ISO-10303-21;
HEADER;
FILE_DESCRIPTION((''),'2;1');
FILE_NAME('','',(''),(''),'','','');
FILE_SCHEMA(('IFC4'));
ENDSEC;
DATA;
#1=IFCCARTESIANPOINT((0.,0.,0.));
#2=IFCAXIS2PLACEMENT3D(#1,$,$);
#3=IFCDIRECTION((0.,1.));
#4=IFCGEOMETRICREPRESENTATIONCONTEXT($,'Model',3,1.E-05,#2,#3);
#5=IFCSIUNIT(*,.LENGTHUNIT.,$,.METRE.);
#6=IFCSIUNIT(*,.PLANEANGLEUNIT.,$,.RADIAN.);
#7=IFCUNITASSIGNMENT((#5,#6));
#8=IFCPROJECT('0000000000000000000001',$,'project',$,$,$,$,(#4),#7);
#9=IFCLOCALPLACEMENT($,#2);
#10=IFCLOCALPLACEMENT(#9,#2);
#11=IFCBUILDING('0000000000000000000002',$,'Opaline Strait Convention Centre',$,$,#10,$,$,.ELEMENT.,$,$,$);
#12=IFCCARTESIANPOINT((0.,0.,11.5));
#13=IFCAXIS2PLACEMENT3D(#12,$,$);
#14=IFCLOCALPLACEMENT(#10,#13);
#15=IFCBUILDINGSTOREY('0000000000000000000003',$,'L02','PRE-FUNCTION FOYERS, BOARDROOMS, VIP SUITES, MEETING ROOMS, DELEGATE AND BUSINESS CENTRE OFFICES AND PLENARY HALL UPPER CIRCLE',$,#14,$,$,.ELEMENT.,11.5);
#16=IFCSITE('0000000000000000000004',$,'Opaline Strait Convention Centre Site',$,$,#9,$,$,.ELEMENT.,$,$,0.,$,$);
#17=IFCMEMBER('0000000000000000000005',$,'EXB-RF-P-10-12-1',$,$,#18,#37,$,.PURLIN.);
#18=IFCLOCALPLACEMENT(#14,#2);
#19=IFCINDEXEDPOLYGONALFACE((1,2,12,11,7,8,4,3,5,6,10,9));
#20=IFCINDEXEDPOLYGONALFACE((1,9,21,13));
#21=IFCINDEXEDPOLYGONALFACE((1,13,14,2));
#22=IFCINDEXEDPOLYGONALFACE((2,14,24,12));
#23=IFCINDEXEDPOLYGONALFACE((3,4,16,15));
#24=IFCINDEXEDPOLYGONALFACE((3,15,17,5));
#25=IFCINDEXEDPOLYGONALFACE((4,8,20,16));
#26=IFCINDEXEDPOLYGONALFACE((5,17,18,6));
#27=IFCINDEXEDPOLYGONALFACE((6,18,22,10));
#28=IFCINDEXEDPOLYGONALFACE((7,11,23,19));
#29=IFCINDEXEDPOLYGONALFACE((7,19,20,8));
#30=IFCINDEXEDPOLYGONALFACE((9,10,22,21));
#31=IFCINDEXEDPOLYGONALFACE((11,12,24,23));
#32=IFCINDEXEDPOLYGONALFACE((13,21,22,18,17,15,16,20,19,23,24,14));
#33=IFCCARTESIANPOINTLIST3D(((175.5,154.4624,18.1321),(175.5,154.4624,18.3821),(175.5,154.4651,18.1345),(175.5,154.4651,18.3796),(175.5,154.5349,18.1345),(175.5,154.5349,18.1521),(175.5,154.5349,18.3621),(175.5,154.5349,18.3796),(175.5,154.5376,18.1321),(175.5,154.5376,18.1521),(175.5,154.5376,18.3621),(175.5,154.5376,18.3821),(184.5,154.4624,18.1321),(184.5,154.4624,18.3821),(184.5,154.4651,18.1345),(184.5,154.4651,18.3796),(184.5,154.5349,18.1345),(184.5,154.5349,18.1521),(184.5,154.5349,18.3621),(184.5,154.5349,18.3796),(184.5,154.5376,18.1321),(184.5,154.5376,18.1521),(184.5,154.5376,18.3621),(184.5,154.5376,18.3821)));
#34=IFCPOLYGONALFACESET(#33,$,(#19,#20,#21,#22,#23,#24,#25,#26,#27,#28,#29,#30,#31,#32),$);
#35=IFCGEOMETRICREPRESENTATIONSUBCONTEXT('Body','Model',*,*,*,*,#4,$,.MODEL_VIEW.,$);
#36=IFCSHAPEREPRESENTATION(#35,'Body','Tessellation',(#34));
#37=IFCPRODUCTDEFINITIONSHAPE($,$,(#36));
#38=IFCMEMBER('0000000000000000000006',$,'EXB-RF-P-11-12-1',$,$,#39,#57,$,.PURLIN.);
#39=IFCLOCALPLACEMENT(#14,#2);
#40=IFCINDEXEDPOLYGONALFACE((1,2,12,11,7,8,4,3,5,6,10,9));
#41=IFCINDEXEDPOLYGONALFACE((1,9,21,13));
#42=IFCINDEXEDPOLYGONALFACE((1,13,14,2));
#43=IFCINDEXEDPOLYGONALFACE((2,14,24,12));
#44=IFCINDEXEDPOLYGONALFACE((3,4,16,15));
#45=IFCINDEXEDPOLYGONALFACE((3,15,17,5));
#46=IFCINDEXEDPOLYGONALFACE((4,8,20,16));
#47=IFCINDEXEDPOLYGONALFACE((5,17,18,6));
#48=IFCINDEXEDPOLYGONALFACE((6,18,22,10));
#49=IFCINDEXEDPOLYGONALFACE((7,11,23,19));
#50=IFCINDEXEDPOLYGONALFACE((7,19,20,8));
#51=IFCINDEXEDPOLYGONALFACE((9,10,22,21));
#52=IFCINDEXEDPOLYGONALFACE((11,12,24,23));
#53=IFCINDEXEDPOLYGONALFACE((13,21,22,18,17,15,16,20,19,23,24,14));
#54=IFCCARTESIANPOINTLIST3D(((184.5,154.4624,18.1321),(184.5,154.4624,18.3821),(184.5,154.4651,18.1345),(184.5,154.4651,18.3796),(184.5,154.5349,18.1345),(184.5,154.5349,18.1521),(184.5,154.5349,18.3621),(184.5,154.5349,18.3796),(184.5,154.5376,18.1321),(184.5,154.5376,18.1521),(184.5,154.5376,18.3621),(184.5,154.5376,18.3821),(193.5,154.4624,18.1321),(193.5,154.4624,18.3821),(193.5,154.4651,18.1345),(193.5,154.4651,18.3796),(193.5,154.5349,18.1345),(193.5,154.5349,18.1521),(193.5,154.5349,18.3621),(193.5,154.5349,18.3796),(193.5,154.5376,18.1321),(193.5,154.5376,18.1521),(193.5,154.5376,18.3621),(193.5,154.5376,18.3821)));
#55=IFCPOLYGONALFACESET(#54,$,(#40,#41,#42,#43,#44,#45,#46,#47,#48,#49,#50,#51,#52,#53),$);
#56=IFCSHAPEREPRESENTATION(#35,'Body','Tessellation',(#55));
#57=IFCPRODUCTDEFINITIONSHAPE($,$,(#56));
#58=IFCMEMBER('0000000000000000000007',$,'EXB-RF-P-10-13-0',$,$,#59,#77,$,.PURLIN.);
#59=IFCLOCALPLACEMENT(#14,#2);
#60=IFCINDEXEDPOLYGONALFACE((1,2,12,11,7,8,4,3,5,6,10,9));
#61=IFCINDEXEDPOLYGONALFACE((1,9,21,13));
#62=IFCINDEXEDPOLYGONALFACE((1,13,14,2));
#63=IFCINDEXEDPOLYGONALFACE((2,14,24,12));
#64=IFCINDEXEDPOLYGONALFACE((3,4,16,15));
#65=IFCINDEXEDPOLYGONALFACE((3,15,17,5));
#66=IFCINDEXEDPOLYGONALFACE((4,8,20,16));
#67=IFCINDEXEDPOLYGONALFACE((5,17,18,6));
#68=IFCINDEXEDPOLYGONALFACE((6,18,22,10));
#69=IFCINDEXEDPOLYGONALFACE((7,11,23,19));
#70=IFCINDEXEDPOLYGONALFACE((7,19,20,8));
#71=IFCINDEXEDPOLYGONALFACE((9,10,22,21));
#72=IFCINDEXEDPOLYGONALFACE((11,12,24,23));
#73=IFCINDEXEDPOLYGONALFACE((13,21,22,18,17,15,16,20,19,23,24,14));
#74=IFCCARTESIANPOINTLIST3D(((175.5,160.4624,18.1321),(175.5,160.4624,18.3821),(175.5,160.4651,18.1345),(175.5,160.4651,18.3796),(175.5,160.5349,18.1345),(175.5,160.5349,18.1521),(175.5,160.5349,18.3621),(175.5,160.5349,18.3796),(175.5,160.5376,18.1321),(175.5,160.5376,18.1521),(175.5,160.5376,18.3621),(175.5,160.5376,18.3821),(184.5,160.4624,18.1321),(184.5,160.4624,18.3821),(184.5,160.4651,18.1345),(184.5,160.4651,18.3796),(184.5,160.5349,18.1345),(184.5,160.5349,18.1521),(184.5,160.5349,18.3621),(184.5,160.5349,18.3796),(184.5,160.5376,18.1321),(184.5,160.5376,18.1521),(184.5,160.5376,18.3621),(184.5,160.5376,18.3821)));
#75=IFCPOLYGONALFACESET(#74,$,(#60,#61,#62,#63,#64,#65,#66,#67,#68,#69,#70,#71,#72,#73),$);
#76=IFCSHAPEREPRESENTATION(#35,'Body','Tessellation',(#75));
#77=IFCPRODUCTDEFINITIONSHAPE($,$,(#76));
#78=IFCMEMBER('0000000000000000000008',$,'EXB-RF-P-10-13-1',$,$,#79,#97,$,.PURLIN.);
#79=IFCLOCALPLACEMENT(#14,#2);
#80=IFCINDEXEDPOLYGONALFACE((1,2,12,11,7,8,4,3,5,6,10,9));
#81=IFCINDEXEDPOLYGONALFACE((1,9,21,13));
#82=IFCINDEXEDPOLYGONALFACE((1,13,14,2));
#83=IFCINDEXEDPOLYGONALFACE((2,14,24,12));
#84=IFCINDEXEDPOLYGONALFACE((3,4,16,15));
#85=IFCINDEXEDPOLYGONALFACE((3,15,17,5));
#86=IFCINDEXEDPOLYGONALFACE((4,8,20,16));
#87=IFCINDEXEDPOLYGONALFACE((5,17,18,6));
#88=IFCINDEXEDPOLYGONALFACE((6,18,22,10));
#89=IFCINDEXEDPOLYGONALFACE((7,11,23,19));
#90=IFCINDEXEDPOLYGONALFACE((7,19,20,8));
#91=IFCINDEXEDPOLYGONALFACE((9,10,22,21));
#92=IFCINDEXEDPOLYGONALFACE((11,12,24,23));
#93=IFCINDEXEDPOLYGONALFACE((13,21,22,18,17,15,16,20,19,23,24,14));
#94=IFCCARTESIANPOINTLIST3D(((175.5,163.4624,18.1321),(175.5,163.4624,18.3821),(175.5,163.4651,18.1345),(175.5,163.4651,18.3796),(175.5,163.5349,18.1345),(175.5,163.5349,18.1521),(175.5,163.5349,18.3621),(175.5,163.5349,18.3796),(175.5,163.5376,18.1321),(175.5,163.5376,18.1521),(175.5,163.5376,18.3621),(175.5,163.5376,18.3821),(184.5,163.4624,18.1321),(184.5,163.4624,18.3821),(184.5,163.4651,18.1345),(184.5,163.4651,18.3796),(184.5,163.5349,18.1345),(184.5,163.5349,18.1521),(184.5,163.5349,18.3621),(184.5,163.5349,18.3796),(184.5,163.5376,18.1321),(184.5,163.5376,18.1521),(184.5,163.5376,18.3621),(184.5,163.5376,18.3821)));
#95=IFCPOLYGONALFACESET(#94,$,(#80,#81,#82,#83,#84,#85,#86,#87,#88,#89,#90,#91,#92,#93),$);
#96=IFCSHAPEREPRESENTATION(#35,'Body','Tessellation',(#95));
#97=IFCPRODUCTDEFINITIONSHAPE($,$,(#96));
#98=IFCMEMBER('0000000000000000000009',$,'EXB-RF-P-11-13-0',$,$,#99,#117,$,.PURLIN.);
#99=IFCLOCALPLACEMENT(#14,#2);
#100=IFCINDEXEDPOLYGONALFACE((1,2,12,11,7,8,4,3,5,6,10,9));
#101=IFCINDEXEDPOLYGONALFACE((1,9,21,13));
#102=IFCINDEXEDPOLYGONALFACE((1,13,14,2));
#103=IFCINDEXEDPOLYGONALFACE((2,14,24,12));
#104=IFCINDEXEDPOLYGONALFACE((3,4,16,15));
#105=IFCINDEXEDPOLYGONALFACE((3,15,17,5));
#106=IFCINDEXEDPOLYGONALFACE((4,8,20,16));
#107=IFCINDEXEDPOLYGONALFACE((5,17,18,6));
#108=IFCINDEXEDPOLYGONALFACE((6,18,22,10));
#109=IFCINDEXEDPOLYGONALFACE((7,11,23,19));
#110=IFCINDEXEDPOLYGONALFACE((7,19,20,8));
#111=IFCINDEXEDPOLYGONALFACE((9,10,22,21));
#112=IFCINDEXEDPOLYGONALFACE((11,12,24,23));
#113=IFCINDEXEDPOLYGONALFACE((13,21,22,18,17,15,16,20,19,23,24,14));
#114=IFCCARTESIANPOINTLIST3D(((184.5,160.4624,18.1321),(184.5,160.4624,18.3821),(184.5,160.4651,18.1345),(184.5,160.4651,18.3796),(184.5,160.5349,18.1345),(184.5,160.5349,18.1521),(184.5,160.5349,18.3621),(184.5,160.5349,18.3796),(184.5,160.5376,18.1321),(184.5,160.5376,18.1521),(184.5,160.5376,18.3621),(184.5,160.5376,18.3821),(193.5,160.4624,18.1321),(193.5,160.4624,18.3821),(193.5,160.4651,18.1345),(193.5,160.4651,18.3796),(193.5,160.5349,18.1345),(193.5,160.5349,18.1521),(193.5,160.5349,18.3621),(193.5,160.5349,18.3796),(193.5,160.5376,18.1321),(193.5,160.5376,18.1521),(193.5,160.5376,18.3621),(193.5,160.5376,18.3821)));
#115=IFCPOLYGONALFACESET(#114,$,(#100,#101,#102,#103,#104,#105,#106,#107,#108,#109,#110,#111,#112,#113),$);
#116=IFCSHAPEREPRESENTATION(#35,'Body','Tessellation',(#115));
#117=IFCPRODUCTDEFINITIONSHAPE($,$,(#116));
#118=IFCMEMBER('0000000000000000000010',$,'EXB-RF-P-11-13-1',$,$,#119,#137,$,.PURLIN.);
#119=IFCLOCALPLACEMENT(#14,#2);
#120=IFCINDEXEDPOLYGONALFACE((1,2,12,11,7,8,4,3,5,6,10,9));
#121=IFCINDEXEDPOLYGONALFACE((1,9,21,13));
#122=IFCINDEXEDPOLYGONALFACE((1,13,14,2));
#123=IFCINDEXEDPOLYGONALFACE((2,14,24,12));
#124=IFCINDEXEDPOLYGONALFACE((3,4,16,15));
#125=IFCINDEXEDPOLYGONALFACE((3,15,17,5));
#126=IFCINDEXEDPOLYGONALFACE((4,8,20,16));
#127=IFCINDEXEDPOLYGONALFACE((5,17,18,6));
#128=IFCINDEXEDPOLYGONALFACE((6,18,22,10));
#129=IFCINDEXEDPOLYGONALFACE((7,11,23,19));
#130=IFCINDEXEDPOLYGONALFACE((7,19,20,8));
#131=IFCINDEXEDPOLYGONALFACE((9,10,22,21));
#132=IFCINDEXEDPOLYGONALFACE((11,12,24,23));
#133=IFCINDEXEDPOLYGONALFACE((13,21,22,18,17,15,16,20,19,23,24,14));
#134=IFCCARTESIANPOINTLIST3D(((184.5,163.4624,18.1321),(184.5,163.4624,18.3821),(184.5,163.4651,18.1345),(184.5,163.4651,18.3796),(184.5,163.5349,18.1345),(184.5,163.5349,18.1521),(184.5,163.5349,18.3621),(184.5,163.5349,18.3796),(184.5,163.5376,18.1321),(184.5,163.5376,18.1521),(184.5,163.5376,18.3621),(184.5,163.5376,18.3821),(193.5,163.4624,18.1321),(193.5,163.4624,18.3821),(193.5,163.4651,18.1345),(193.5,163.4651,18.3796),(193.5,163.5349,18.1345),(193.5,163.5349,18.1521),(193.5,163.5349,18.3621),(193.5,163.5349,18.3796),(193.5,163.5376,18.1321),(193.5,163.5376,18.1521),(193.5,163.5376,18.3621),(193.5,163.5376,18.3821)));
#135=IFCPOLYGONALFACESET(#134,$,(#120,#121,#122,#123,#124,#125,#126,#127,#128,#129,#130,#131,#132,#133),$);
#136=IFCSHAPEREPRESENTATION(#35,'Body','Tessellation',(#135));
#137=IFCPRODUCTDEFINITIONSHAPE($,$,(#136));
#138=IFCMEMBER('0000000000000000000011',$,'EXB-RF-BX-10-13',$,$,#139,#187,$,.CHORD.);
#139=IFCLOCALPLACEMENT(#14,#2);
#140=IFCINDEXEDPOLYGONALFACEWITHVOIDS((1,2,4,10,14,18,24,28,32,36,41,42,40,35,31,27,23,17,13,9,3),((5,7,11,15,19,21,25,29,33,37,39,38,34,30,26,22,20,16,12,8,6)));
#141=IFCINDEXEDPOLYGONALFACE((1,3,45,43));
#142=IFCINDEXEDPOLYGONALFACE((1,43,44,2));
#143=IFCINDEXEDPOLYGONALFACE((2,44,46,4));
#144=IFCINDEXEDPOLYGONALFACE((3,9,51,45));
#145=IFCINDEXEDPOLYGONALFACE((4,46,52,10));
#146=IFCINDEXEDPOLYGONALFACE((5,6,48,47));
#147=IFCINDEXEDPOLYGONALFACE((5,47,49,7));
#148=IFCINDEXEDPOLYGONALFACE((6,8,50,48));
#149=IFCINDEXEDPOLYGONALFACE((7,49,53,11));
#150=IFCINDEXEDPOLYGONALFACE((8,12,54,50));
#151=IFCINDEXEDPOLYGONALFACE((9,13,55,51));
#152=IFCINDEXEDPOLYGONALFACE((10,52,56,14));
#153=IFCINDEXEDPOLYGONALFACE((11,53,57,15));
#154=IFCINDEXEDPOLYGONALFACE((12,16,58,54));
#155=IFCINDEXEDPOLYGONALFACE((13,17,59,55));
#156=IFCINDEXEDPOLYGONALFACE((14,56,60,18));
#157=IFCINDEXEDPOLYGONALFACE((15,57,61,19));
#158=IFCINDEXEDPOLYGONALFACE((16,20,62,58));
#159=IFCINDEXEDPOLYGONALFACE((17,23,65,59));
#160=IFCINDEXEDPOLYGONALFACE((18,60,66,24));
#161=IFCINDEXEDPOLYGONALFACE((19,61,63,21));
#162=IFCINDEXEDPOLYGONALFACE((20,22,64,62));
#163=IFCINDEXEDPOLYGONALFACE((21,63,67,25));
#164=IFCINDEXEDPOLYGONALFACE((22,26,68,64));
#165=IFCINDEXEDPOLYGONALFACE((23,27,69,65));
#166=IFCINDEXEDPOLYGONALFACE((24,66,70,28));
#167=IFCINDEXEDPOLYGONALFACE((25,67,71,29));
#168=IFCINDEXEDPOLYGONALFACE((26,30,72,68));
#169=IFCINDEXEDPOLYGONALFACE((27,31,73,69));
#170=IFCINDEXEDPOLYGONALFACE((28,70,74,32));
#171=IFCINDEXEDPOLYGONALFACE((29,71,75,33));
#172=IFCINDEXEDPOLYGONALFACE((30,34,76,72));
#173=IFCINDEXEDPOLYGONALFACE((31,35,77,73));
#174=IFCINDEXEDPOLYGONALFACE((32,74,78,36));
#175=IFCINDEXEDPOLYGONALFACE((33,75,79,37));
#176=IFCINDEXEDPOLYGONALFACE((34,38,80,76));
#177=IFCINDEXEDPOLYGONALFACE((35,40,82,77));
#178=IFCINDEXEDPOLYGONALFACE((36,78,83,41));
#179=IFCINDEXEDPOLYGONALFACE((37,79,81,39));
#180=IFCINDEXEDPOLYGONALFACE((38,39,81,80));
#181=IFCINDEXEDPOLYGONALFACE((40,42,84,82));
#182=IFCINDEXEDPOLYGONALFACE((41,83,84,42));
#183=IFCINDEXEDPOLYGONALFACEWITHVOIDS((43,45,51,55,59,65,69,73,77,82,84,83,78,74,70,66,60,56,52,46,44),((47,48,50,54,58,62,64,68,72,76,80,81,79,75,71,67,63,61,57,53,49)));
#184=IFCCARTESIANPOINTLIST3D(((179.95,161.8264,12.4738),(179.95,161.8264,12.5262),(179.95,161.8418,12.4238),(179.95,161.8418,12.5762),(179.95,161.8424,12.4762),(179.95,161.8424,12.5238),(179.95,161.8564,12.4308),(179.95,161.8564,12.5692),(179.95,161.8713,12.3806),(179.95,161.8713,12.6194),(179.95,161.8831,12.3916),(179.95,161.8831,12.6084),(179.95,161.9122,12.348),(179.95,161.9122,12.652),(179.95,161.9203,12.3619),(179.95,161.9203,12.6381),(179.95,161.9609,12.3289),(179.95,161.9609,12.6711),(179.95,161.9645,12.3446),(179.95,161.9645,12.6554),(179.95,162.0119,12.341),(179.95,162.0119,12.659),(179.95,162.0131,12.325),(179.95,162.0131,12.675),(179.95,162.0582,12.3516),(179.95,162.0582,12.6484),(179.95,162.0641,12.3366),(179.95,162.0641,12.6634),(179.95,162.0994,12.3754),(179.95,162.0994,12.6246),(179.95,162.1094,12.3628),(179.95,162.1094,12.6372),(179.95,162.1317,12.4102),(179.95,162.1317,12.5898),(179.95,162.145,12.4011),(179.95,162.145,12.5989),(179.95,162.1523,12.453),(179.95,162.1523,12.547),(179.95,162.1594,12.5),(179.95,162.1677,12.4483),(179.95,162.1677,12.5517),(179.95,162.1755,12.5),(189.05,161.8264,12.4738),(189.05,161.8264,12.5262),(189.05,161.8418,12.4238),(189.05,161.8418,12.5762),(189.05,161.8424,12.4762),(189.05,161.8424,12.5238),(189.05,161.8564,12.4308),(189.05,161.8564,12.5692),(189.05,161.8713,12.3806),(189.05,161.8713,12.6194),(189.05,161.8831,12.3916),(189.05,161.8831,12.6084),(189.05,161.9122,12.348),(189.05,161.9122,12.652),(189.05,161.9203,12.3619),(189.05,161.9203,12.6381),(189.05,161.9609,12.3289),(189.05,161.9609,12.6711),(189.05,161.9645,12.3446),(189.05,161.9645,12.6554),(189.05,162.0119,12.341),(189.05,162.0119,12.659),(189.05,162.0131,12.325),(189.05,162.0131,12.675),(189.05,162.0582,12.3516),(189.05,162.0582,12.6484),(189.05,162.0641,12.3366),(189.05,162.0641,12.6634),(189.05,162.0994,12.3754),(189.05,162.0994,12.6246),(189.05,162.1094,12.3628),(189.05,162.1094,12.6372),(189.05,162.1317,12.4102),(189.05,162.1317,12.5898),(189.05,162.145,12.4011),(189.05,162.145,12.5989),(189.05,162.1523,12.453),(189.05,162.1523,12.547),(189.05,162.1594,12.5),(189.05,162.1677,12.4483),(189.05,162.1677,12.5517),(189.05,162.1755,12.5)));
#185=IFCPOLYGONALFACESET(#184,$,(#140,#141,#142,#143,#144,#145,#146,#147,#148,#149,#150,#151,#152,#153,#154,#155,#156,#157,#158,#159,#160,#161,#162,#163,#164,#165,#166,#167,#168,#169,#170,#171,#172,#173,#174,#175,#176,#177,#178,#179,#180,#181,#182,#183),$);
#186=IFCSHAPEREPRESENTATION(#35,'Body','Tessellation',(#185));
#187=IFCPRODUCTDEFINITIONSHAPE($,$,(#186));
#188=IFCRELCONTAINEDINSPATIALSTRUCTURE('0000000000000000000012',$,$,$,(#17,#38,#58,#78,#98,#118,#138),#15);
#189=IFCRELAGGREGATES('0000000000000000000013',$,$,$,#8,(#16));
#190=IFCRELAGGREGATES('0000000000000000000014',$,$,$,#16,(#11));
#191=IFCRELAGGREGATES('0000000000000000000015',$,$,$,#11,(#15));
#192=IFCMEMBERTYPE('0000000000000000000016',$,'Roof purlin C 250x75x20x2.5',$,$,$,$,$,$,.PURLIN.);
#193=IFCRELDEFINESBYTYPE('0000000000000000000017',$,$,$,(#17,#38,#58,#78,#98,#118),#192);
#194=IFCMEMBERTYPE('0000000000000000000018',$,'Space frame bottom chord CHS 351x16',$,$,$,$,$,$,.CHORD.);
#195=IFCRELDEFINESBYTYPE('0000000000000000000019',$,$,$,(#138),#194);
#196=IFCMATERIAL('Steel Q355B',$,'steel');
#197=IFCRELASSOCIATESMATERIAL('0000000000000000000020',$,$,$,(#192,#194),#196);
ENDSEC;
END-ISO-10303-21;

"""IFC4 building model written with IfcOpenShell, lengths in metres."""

from ifc_helpers import new_model, si_unit, direction, frame, origin, origin_2d, place, context, subcontext, project, spatial, polyline, hollow_circle, outline, extrude, material, material_profile, profile_set, type_object, element, save


model = new_model("IFC4")

# Units and contexts
model_context = context("Model", 3, precision=1e-05, world=origin(), true_north=direction((0.0, 1.0)))
body_context = subcontext(model_context, "Body", "Model", "MODEL_VIEW")
ifc_project = project(units=[si_unit("LENGTHUNIT", "METRE"), si_unit("PLANEANGLEUNIT", "RADIAN")], contexts=[model_context])

# Site, building, storey
site_placement = place(None, origin())
site = spatial("IfcSite", under=ifc_project, at=site_placement, Name="Opaline Strait Convention Centre Site", CompositionType="ELEMENT", RefElevation=0.0)
building_placement = place(site_placement, origin())
building = spatial("IfcBuilding", under=site, at=building_placement, Name="Opaline Strait Convention Centre", CompositionType="ELEMENT")
storey_placement = place(building_placement, frame((0.0, 0.0, 11.5)))
storey = spatial("IfcBuildingStorey", under=building, at=storey_placement, Name="L02", Description="PRE-FUNCTION FOYERS, BOARDROOMS, VIP SUITES, MEETING ROOMS, DELEGATE AND BUSINESS CENTRE OFFICES AND PLENARY HALL UPPER CIRCLE", CompositionType="ELEMENT", Elevation=11.5)

# Members
ifc_material_1 = material(Name="Steel Q355B", Category="steel")
ifc_material_profile_1 = material_profile(ifc_material_1, outline(polyline([(-0.0376, -0.125), (0.0376, -0.125), (0.0376, -0.105), (0.0349, -0.105), (0.0349, -0.1226), (-0.0349, -0.1226), (-0.0349, 0.1226), (0.0349, 0.1226), (0.0349, 0.105), (0.0376, 0.105), (0.0376, 0.125), (-0.0376, 0.125), (-0.0376, -0.125)])), Name="C 250x75x20x2.5")
ifc_profile_set_1 = profile_set([ifc_material_profile_1], Name="Steel Q355B")
member_type_1 = type_object("IfcMemberType", Name="Roof purlin C 250x75x20x2.5", PredefinedType="PURLIN", material=ifc_profile_set_1)
for number, where, z_axis, x_axis, name in (
    (1, (175.5, 154.5, 18.2571), (1.0, 0.0, 0.0), (0.0, 1.0, 0.0), "EXB-RF-P-10-12-1"),
    (2, (184.5, 154.5, 18.2571), (1.0, 0.0, 0.0), (0.0, 1.0, 0.0), "EXB-RF-P-11-12-1"),
    (3, (175.5, 160.5, 18.2571), (1.0, 0.0, 0.0), (0.0, 1.0, 0.0), "EXB-RF-P-10-13-0"),
    (4, (175.5, 163.5, 18.2571), (1.0, 0.0, 0.0), (0.0, 1.0, 0.0), "EXB-RF-P-10-13-1"),
    (5, (184.5, 160.5, 18.2571), (1.0, 0.0, 0.0), (0.0, 1.0, 0.0), "EXB-RF-P-11-13-0"),
    (6, (184.5, 163.5, 18.2571), (1.0, 0.0, 0.0), (0.0, 1.0, 0.0), "EXB-RF-P-11-13-1"),
):
    element("IfcMember", number, at=place(storey_placement, frame(where, z_axis=z_axis, x_axis=x_axis)), inside=storey, type_object=member_type_1, Name=name, PredefinedType="PURLIN", context=body_context, shape_type="SweptSolid", body=[
        extrude(outline(polyline([(-0.0376, -0.125), (0.0376, -0.125), (0.0376, -0.105), (0.0349, -0.105), (0.0349, -0.1226), (-0.0349, -0.1226), (-0.0349, 0.1226), (0.0349, 0.1226), (0.0349, 0.105), (0.0376, 0.105), (0.0376, 0.125), (-0.0376, 0.125), (-0.0376, -0.125)])), origin(), (0.0, 0.0, 1.0), 9.0),
    ])
ifc_material_profile_2 = material_profile(ifc_material_1, hollow_circle(Radius=0.1755, WallThickness=0.0161, at=origin_2d()), Name="CHS 351x16")
ifc_profile_set_2 = profile_set([ifc_material_profile_2], Name="Steel Q355B")
member_type_2 = type_object("IfcMemberType", Name="Space frame bottom chord CHS 351x16", PredefinedType="CHORD", material=ifc_profile_set_2)
for number, where, z_axis, x_axis, name in (
    (7, (179.95, 162.0, 12.5), (1.0, 0.0, 0.0), (0.0, 1.0, 0.0), "EXB-RF-BX-10-13"),
):
    element("IfcMember", number, at=place(storey_placement, frame(where, z_axis=z_axis, x_axis=x_axis)), inside=storey, type_object=member_type_2, Name=name, PredefinedType="CHORD", context=body_context, shape_type="SweptSolid", body=[
        extrude(hollow_circle(Radius=0.1755, WallThickness=0.0161, at=origin_2d()), origin(), (0.0, 0.0, 1.0), 9.1001),
    ])

save(model, "model.ifc")
